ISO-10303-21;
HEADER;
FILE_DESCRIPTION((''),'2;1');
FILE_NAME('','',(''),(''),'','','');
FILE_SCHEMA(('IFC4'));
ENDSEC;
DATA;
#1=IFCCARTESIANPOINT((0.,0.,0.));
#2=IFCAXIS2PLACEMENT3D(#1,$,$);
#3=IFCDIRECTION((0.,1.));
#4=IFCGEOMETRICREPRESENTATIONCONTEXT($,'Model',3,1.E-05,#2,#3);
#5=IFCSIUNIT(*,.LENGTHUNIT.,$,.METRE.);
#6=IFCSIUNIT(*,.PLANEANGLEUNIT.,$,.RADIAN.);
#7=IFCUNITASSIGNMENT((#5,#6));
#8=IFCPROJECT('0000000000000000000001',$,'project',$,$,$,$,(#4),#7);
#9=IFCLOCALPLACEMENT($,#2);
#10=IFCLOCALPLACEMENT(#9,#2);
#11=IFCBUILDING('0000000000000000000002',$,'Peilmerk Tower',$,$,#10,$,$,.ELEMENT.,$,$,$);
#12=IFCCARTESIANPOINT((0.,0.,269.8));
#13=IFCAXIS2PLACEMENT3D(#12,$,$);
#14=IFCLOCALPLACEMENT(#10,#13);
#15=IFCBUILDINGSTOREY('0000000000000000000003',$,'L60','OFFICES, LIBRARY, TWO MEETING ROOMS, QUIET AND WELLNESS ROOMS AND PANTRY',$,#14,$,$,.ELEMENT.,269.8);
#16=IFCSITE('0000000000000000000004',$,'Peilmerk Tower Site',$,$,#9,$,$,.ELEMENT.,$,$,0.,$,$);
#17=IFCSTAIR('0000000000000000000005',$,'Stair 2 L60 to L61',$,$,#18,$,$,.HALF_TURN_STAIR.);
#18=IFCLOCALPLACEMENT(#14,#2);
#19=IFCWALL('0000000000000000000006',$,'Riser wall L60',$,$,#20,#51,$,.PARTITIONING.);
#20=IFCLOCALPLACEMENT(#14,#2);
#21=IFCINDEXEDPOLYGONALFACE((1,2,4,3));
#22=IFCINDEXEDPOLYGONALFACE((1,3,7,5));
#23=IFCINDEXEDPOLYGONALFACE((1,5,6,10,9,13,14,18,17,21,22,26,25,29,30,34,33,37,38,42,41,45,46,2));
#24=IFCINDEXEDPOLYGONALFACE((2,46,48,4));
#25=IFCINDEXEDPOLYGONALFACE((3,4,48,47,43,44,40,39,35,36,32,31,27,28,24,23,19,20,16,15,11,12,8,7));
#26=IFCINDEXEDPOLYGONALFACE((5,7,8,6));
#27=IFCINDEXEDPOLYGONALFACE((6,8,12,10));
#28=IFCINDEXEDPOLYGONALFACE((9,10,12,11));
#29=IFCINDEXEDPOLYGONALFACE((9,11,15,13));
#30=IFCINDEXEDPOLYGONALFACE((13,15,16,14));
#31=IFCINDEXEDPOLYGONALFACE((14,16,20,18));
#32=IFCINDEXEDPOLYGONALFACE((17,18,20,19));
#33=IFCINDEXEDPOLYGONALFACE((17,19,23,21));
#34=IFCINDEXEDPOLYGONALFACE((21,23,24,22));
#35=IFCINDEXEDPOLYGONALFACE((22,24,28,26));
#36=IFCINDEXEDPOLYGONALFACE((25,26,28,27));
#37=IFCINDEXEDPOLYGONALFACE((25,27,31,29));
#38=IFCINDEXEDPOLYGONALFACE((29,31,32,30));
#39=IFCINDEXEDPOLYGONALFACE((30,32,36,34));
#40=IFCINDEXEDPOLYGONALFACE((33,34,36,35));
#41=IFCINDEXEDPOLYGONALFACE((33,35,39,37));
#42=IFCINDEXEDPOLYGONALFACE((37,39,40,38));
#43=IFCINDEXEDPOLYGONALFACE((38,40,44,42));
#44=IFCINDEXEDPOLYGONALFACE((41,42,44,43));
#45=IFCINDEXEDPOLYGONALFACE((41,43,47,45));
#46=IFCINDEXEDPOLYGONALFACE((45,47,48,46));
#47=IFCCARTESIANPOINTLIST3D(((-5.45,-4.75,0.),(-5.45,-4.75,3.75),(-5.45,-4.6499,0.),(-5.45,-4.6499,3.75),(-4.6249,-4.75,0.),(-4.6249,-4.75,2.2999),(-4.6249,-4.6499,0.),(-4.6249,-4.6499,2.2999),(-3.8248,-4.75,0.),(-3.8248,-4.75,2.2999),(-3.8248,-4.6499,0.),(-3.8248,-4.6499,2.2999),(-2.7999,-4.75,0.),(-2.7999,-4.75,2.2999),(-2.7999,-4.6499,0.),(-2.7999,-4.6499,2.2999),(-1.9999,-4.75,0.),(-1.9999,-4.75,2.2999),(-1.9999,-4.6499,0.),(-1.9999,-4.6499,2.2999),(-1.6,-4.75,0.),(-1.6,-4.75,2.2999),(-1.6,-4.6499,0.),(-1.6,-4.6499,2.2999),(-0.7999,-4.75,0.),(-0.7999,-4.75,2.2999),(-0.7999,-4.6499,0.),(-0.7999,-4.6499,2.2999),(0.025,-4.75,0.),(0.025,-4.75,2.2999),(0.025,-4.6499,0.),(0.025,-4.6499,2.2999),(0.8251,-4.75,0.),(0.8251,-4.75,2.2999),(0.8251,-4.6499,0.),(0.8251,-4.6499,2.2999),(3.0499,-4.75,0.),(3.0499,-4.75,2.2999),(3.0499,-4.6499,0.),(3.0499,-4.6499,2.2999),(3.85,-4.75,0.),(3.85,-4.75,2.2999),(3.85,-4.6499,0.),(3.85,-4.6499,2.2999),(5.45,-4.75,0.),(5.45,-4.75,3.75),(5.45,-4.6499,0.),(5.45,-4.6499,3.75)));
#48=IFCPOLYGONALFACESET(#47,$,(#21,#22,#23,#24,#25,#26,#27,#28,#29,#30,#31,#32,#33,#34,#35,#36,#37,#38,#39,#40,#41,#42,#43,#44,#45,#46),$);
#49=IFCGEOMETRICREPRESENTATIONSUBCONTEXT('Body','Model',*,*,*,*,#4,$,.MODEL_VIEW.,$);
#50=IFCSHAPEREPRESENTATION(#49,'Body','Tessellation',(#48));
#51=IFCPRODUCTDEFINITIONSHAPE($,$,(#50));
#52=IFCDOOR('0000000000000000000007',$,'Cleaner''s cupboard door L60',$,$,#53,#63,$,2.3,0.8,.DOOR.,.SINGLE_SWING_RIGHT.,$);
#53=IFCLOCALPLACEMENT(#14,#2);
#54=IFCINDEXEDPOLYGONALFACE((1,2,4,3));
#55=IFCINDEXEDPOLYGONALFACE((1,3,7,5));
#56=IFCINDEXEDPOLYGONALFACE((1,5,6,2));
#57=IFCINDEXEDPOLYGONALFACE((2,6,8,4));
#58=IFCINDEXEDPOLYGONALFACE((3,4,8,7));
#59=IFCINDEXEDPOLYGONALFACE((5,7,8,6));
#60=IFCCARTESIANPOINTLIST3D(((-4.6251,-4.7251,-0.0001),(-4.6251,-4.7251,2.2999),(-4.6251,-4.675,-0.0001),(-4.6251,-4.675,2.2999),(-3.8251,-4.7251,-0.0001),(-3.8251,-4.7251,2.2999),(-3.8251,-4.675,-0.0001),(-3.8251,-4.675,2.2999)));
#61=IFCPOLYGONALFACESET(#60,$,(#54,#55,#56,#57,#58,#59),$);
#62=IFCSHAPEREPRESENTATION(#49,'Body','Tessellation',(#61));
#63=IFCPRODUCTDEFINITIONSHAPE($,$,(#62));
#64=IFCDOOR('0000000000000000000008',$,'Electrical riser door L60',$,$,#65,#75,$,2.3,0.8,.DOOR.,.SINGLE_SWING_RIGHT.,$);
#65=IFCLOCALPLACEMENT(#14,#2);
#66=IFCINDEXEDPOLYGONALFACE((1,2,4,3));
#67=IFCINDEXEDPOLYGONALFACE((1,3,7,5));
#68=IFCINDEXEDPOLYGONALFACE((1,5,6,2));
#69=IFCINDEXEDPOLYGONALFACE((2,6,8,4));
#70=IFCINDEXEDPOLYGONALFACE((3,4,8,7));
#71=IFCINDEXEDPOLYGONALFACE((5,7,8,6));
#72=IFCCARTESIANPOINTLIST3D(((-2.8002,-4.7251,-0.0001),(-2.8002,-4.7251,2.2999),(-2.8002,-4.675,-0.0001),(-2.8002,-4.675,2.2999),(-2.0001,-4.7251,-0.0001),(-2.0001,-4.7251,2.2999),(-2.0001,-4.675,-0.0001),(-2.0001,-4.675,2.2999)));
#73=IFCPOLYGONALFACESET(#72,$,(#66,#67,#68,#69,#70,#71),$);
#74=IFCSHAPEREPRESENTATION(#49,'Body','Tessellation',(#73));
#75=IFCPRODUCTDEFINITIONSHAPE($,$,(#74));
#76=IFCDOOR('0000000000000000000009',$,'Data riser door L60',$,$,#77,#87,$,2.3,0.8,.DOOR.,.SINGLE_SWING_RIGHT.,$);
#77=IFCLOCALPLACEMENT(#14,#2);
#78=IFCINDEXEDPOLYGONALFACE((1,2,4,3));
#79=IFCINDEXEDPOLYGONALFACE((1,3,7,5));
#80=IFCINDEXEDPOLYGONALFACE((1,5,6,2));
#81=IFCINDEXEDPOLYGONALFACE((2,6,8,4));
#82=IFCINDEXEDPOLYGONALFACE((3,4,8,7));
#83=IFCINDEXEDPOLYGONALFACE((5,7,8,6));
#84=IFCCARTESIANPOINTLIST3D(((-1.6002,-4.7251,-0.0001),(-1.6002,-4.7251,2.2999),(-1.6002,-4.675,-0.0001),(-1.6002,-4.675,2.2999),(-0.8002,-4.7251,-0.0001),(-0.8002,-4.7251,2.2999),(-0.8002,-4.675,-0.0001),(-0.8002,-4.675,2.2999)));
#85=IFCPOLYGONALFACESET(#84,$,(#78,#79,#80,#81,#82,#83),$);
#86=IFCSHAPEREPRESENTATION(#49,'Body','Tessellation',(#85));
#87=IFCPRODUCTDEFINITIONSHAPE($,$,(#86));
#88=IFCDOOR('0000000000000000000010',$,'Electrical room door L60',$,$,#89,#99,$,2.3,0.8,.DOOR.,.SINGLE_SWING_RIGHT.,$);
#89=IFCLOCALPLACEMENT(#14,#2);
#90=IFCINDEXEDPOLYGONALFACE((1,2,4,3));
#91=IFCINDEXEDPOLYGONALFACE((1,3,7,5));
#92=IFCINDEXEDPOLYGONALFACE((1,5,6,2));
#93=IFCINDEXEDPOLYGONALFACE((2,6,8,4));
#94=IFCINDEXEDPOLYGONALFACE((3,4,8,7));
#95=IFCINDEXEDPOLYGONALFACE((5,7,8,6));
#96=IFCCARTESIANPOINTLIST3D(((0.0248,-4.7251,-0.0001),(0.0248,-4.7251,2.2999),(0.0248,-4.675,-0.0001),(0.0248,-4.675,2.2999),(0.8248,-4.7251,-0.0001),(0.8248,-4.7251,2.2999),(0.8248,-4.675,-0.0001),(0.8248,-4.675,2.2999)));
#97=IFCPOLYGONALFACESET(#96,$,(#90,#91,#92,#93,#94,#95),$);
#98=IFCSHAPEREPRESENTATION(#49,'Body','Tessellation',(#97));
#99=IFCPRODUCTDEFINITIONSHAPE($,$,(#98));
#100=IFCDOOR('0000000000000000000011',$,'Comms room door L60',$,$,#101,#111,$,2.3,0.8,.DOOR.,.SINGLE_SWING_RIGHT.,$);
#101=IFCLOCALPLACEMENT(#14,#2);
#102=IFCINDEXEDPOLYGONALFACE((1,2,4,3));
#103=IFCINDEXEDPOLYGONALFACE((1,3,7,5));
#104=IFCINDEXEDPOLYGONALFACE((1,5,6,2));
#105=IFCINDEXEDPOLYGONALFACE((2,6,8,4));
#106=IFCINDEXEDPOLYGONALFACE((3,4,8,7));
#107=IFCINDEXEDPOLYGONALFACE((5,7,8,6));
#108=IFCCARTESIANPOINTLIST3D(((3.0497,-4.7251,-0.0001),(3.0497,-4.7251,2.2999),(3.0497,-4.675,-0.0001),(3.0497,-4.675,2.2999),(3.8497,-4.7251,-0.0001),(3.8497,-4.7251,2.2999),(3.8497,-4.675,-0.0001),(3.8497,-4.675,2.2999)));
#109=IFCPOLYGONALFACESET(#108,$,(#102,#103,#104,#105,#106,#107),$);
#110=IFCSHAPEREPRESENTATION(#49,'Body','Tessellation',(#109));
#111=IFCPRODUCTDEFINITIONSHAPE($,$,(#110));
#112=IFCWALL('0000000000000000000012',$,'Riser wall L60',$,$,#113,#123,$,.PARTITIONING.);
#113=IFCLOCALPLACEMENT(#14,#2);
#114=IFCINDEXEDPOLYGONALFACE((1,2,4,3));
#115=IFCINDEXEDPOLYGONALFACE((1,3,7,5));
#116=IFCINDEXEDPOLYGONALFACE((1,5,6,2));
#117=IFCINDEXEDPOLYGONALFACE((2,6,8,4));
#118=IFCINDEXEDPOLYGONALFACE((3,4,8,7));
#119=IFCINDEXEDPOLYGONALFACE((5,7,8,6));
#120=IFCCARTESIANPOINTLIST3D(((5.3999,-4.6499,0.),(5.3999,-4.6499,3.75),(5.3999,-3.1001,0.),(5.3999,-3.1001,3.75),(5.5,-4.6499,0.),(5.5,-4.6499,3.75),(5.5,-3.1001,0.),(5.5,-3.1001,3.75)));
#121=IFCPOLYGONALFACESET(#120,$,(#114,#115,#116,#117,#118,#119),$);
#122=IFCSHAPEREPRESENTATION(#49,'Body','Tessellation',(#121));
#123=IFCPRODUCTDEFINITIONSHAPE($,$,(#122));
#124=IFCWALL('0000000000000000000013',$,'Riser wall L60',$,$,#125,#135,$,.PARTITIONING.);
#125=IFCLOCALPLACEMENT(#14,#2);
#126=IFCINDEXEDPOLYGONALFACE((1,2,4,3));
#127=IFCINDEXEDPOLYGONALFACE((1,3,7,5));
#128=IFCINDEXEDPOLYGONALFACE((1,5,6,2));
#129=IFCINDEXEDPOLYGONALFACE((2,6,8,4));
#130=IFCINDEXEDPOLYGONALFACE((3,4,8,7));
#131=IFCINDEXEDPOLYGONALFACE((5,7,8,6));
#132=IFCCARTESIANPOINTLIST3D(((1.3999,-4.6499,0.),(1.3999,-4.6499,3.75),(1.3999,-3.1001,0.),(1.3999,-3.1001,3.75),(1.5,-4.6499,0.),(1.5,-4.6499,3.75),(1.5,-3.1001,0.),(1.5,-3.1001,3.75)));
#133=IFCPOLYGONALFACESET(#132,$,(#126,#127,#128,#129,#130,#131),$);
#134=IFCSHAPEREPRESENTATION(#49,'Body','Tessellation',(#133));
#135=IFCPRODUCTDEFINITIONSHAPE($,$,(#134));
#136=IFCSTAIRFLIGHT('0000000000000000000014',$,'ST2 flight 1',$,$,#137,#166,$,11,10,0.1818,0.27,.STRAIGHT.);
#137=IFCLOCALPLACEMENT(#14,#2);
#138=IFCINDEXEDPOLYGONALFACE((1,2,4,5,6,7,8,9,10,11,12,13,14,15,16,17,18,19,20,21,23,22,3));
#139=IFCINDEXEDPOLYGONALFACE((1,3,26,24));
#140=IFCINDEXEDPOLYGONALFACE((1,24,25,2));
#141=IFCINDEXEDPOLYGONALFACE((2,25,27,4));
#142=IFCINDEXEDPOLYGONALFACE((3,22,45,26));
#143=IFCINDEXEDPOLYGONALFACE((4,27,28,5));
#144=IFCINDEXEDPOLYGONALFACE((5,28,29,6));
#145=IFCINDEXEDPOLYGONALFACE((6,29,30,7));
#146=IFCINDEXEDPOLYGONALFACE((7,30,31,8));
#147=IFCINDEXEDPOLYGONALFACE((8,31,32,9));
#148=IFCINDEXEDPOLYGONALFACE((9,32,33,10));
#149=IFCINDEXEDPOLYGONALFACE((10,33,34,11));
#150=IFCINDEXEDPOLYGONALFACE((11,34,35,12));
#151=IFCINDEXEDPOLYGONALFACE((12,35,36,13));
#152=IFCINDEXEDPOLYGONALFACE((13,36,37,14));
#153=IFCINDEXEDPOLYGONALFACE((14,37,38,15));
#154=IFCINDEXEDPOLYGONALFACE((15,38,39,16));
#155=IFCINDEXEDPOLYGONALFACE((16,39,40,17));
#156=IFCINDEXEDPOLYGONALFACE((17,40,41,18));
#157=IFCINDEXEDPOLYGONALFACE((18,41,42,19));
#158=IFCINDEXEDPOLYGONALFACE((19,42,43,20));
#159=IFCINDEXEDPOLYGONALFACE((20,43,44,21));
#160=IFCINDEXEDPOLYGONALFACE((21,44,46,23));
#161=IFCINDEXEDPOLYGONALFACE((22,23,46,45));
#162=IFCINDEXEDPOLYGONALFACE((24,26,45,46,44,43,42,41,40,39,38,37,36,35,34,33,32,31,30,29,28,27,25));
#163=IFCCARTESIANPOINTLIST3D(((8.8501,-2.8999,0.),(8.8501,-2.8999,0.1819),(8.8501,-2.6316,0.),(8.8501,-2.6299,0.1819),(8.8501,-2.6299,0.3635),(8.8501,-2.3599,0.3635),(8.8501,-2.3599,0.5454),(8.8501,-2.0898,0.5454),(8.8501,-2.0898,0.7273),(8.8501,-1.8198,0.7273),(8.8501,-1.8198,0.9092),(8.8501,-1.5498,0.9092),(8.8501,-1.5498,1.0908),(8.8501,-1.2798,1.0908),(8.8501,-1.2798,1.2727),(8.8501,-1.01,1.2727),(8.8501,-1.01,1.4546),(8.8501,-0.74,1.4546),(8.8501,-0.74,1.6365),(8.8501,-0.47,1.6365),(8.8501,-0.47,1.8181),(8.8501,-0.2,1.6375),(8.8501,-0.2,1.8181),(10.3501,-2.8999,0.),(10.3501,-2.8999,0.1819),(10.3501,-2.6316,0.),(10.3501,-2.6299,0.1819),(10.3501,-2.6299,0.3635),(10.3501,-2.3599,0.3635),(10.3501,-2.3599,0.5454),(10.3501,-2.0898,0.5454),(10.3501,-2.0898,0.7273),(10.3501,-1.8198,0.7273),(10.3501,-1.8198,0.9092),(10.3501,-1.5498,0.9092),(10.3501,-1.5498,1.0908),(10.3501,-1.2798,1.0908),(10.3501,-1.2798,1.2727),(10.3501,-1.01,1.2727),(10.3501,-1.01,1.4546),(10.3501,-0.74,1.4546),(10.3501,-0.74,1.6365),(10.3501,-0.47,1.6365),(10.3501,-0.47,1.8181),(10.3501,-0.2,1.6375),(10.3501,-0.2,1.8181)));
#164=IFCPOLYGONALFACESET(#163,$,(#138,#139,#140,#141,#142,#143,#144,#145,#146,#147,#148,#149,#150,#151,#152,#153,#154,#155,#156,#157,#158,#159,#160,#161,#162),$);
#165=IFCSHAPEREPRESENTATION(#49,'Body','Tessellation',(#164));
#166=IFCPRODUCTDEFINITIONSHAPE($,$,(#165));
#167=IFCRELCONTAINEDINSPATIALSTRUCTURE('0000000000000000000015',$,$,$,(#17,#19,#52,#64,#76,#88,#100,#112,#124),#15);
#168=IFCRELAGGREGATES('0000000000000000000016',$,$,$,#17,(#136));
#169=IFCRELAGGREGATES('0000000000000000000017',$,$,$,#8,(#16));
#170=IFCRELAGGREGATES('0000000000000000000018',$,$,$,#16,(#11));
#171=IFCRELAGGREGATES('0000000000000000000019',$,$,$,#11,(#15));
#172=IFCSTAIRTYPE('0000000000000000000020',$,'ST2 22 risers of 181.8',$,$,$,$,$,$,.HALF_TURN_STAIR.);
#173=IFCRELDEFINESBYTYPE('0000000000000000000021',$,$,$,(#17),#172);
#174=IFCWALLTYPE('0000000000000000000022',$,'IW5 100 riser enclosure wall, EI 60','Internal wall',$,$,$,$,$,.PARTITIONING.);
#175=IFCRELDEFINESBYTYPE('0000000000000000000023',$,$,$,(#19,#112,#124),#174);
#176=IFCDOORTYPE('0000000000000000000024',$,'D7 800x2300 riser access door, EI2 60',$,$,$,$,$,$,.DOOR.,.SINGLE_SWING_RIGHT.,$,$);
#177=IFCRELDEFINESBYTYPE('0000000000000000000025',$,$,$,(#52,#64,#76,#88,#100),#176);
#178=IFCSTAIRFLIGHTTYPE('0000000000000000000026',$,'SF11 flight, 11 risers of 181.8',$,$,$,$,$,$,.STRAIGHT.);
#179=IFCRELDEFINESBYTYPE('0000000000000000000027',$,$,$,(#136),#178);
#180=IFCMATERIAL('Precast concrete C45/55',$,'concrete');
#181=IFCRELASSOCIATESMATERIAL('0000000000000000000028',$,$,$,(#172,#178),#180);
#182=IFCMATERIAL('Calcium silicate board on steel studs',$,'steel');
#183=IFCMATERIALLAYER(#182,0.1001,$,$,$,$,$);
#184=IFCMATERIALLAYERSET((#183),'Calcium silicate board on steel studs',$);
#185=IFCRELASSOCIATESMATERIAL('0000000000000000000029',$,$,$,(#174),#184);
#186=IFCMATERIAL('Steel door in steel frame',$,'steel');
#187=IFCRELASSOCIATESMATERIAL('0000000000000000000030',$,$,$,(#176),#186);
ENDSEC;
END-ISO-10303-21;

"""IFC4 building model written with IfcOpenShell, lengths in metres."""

from ifc_helpers import new_model, si_unit, direction, frame, frame_2d, origin, place, context, subcontext, project, spatial, polyline, rectangle, outline, extrude, material, layer, layer_set, type_object, element, fill, aggregate, save


model = new_model("IFC4")

# Units and contexts
model_context = context("Model", 3, precision=1e-05, world=origin(), true_north=direction((0.0, 1.0)))
body_context = subcontext(model_context, "Body", "Model", "MODEL_VIEW")
ifc_project = project(units=[si_unit("LENGTHUNIT", "METRE"), si_unit("PLANEANGLEUNIT", "RADIAN")], contexts=[model_context])

# Site, building, storey
site_placement = place(None, origin())
site = spatial("IfcSite", under=ifc_project, at=site_placement, Name="Peilmerk Tower Site", CompositionType="ELEMENT", RefElevation=0.0)
building_placement = place(site_placement, origin())
building = spatial("IfcBuilding", under=site, at=building_placement, Name="Peilmerk Tower", CompositionType="ELEMENT")
storey_placement = place(building_placement, frame((0.0, 0.0, 269.8)))
storey = spatial("IfcBuildingStorey", under=building, at=storey_placement, Name="L60", Description="OFFICES, LIBRARY, TWO MEETING ROOMS, QUIET AND WELLNESS ROOMS AND PANTRY", CompositionType="ELEMENT", Elevation=269.8)

# Stair
ifc_material_1 = material(Name="Precast concrete C45/55", Category="concrete")
stair_type_1 = type_object("IfcStairType", Name="ST2 22 risers of 181.8", PredefinedType="HALF_TURN_STAIR", material=ifc_material_1)
stair_1_placement = place(storey_placement, origin())
stair_1 = element("IfcStair", 1, at=stair_1_placement, inside=storey, type_object=stair_type_1, Name="Stair 2 L60 to L61", PredefinedType="HALF_TURN_STAIR")

# Shared definitions
ifc_material_2 = material(Name="Steel door in steel frame", Category="steel")

# Shared definitions
ifc_material_3 = material(Name="Calcium silicate board on steel studs", Category="steel")
ifc_layer_1 = layer(ifc_material_3, 0.1001)
ifc_layer_set_1 = layer_set([ifc_layer_1], Name="Calcium silicate board on steel studs")
wall_type_1 = type_object("IfcWallType", Name="IW5 100 riser enclosure wall, EI 60", Description="Internal wall", PredefinedType="PARTITIONING", material=ifc_layer_set_1)

# Wall, openings, doors
wall_1_placement = place(storey_placement, frame((5.45, -4.7, 0.0), z_axis=(0.0, 0.0, 1.0), x_axis=(-1.0, 0.0, 0.0)))
wall_1 = element("IfcWall", 2, at=wall_1_placement, inside=storey, type_object=wall_type_1, Name="Riser wall L60", PredefinedType="PARTITIONING", context=body_context, shape_type="SweptSolid", body=[
    extrude(rectangle(XDim=10.8999, YDim=0.1001, at=frame_2d((5.45, 0.0))), origin(), (0.0, 0.0, 1.0), 3.75),
])
opening_1_placement = place(wall_1_placement, frame((9.2749, 0.0, 0.0)))
opening_1 = element("IfcOpeningElement", 3, at=opening_1_placement, cuts=wall_1, PredefinedType="OPENING", context=body_context, shape_type="SweptSolid", body=[
    extrude(rectangle(XDim=0.8, YDim=2.3, at=frame_2d((0.3999, 1.1499))), frame((0.0, 0.0601, 0.0), z_axis=(0.0, -1.0, 0.0), x_axis=(1.0, 0.0, 0.0)), (0.0, 0.0, 1.0), 0.1201),
])
opening_2_placement = place(wall_1_placement, frame((7.45, 0.0, 0.0)))
opening_2 = element("IfcOpeningElement", 4, at=opening_2_placement, cuts=wall_1, PredefinedType="OPENING", context=body_context, shape_type="SweptSolid", body=[
    extrude(rectangle(XDim=0.8, YDim=2.3, at=frame_2d((0.3999, 1.1499))), frame((0.0, 0.0601, 0.0), z_axis=(0.0, -1.0, 0.0), x_axis=(1.0, 0.0, 0.0)), (0.0, 0.0, 1.0), 0.1201),
])
opening_3_placement = place(wall_1_placement, frame((6.25, 0.0, 0.0)))
opening_3 = element("IfcOpeningElement", 5, at=opening_3_placement, cuts=wall_1, PredefinedType="OPENING", context=body_context, shape_type="SweptSolid", body=[
    extrude(rectangle(XDim=0.8, YDim=2.3, at=frame_2d((0.3999, 1.1499))), frame((0.0, 0.0601, 0.0), z_axis=(0.0, -1.0, 0.0), x_axis=(1.0, 0.0, 0.0)), (0.0, 0.0, 1.0), 0.1201),
])
opening_4_placement = place(wall_1_placement, frame((4.625, 0.0, 0.0)))
opening_4 = element("IfcOpeningElement", 6, at=opening_4_placement, cuts=wall_1, PredefinedType="OPENING", context=body_context, shape_type="SweptSolid", body=[
    extrude(rectangle(XDim=0.8, YDim=2.3, at=frame_2d((0.3999, 1.1499))), frame((0.0, 0.0601, 0.0), z_axis=(0.0, -1.0, 0.0), x_axis=(1.0, 0.0, 0.0)), (0.0, 0.0, 1.0), 0.1201),
])
opening_5_placement = place(wall_1_placement, frame((1.6001, 0.0, 0.0)))
opening_5 = element("IfcOpeningElement", 7, at=opening_5_placement, cuts=wall_1, PredefinedType="OPENING", context=body_context, shape_type="SweptSolid", body=[
    extrude(rectangle(XDim=0.8, YDim=2.3, at=frame_2d((0.3999, 1.1499))), frame((0.0, 0.0601, 0.0), z_axis=(0.0, -1.0, 0.0), x_axis=(1.0, 0.0, 0.0)), (0.0, 0.0, 1.0), 0.1201),
])
door_type_1 = type_object("IfcDoorType", Name="D7 800x2300 riser access door, EI2 60", OperationType="SINGLE_SWING_RIGHT", PredefinedType="DOOR", material=ifc_material_2)
door_1_placement = place(opening_1_placement, frame((0.8, 0.0, 0.0), z_axis=(0.0, 0.0, 1.0), x_axis=(-1.0, 0.0, 0.0)))
door_1 = element("IfcDoor", 8, at=door_1_placement, inside=storey, type_object=door_type_1, Name="Cleaner's cupboard door L60", OperationType="SINGLE_SWING_RIGHT", OverallHeight=2.3, OverallWidth=0.8, PredefinedType="DOOR", context=body_context, shape_type="SweptSolid", body=[
    extrude(rectangle(XDim=0.8, YDim=2.3, at=frame_2d((0.3999, 1.1499))), frame((0.0, 0.0249, 0.0), z_axis=(0.0, -1.0, 0.0), x_axis=(1.0, 0.0, 0.0)), (0.0, 0.0, 1.0), 0.05),
])
fill(opening_1, door_1)
door_2_placement = place(opening_2_placement, frame((0.8, 0.0, 0.0), z_axis=(0.0, 0.0, 1.0), x_axis=(-1.0, 0.0, 0.0)))
door_2 = element("IfcDoor", 9, at=door_2_placement, inside=storey, type_object=door_type_1, Name="Electrical riser door L60", OperationType="SINGLE_SWING_RIGHT", OverallHeight=2.3, OverallWidth=0.8, PredefinedType="DOOR", context=body_context, shape_type="SweptSolid", body=[
    extrude(rectangle(XDim=0.8, YDim=2.3, at=frame_2d((0.3999, 1.1499))), frame((0.0, 0.0249, 0.0), z_axis=(0.0, -1.0, 0.0), x_axis=(1.0, 0.0, 0.0)), (0.0, 0.0, 1.0), 0.05),
])
fill(opening_2, door_2)
door_3_placement = place(opening_3_placement, frame((0.8, 0.0, 0.0), z_axis=(0.0, 0.0, 1.0), x_axis=(-1.0, 0.0, 0.0)))
door_3 = element("IfcDoor", 10, at=door_3_placement, inside=storey, type_object=door_type_1, Name="Data riser door L60", OperationType="SINGLE_SWING_RIGHT", OverallHeight=2.3, OverallWidth=0.8, PredefinedType="DOOR", context=body_context, shape_type="SweptSolid", body=[
    extrude(rectangle(XDim=0.8, YDim=2.3, at=frame_2d((0.3999, 1.1499))), frame((0.0, 0.0249, 0.0), z_axis=(0.0, -1.0, 0.0), x_axis=(1.0, 0.0, 0.0)), (0.0, 0.0, 1.0), 0.05),
])
fill(opening_3, door_3)
door_4_placement = place(opening_4_placement, frame((0.8, 0.0, 0.0), z_axis=(0.0, 0.0, 1.0), x_axis=(-1.0, 0.0, 0.0)))
door_4 = element("IfcDoor", 11, at=door_4_placement, inside=storey, type_object=door_type_1, Name="Electrical room door L60", OperationType="SINGLE_SWING_RIGHT", OverallHeight=2.3, OverallWidth=0.8, PredefinedType="DOOR", context=body_context, shape_type="SweptSolid", body=[
    extrude(rectangle(XDim=0.8, YDim=2.3, at=frame_2d((0.3999, 1.1499))), frame((0.0, 0.0249, 0.0), z_axis=(0.0, -1.0, 0.0), x_axis=(1.0, 0.0, 0.0)), (0.0, 0.0, 1.0), 0.05),
])
fill(opening_4, door_4)
door_5_placement = place(opening_5_placement, frame((0.8, 0.0, 0.0), z_axis=(0.0, 0.0, 1.0), x_axis=(-1.0, 0.0, 0.0)))
door_5 = element("IfcDoor", 12, at=door_5_placement, inside=storey, type_object=door_type_1, Name="Comms room door L60", OperationType="SINGLE_SWING_RIGHT", OverallHeight=2.3, OverallWidth=0.8, PredefinedType="DOOR", context=body_context, shape_type="SweptSolid", body=[
    extrude(rectangle(XDim=0.8, YDim=2.3, at=frame_2d((0.3999, 1.1499))), frame((0.0, 0.0249, 0.0), z_axis=(0.0, -1.0, 0.0), x_axis=(1.0, 0.0, 0.0)), (0.0, 0.0, 1.0), 0.05),
])
fill(opening_5, door_5)

# Walls
for number, where, z_axis, x_axis, name in (
    (13, (5.45, -3.1001, 0.0), (0.0, 0.0, 1.0), (0.0, -1.0, 0.0), "Riser wall L60"),
    (14, (1.45, -3.1001, 0.0), (0.0, 0.0, 1.0), (0.0, -1.0, 0.0), "Riser wall L60"),
):
    element("IfcWall", number, at=place(storey_placement, frame(where, z_axis=z_axis, x_axis=x_axis)), inside=storey, type_object=wall_type_1, Name=name, PredefinedType="PARTITIONING", context=body_context, shape_type="SweptSolid", body=[
        extrude(rectangle(XDim=1.5498, YDim=0.1001, at=frame_2d((0.7749, 0.0))), origin(), (0.0, 0.0, 1.0), 3.75),
    ])

# Stair flight
stair_flight_type = type_object("IfcStairFlightType", Name="SF11 flight, 11 risers of 181.8", PredefinedType="STRAIGHT", material=ifc_material_1)
stair_flight_1_placement = place(storey_placement, frame((9.6001, -2.8999, 0.0), z_axis=(0.0, 0.0, 1.0), x_axis=(0.0, 1.0, 0.0)))
stair_flight_1 = element("IfcStairFlight", 15, at=stair_flight_1_placement, type_object=stair_flight_type, Name="ST2 flight 1", NumberOfRisers=11, NumberOfTreads=10, PredefinedType="STRAIGHT", RiserHeight=0.1818, TreadLength=0.27, context=body_context, shape_type="SweptSolid", body=[
    extrude(outline(polyline([(0.0, 0.0), (0.0, 0.1819), (0.27, 0.1819), (0.27, 0.3635), (0.54, 0.3635), (0.54, 0.5454), (0.8101, 0.5454), (0.8101, 0.7273), (1.0801, 0.7273), (1.0801, 0.9092), (1.3501, 0.9092), (1.3501, 1.0908), (1.6201, 1.0908), (1.6201, 1.2727), (1.8899, 1.2727), (1.8899, 1.4546), (2.1599, 1.4546), (2.1599, 1.6365), (2.4299, 1.6365), (2.4299, 1.8181), (2.7, 1.8181), (2.7, 2.0), (2.7, 1.6375), (0.2683, 0.0), (0.0, 0.0)])), frame((0.0, 0.75, 0.0), z_axis=(0.0, -1.0, 0.0), x_axis=(1.0, 0.0, 0.0)), (0.0, 0.0, 1.0), 1.5),
])
aggregate(stair_1, [stair_flight_1])

save(model, "model.ifc")
